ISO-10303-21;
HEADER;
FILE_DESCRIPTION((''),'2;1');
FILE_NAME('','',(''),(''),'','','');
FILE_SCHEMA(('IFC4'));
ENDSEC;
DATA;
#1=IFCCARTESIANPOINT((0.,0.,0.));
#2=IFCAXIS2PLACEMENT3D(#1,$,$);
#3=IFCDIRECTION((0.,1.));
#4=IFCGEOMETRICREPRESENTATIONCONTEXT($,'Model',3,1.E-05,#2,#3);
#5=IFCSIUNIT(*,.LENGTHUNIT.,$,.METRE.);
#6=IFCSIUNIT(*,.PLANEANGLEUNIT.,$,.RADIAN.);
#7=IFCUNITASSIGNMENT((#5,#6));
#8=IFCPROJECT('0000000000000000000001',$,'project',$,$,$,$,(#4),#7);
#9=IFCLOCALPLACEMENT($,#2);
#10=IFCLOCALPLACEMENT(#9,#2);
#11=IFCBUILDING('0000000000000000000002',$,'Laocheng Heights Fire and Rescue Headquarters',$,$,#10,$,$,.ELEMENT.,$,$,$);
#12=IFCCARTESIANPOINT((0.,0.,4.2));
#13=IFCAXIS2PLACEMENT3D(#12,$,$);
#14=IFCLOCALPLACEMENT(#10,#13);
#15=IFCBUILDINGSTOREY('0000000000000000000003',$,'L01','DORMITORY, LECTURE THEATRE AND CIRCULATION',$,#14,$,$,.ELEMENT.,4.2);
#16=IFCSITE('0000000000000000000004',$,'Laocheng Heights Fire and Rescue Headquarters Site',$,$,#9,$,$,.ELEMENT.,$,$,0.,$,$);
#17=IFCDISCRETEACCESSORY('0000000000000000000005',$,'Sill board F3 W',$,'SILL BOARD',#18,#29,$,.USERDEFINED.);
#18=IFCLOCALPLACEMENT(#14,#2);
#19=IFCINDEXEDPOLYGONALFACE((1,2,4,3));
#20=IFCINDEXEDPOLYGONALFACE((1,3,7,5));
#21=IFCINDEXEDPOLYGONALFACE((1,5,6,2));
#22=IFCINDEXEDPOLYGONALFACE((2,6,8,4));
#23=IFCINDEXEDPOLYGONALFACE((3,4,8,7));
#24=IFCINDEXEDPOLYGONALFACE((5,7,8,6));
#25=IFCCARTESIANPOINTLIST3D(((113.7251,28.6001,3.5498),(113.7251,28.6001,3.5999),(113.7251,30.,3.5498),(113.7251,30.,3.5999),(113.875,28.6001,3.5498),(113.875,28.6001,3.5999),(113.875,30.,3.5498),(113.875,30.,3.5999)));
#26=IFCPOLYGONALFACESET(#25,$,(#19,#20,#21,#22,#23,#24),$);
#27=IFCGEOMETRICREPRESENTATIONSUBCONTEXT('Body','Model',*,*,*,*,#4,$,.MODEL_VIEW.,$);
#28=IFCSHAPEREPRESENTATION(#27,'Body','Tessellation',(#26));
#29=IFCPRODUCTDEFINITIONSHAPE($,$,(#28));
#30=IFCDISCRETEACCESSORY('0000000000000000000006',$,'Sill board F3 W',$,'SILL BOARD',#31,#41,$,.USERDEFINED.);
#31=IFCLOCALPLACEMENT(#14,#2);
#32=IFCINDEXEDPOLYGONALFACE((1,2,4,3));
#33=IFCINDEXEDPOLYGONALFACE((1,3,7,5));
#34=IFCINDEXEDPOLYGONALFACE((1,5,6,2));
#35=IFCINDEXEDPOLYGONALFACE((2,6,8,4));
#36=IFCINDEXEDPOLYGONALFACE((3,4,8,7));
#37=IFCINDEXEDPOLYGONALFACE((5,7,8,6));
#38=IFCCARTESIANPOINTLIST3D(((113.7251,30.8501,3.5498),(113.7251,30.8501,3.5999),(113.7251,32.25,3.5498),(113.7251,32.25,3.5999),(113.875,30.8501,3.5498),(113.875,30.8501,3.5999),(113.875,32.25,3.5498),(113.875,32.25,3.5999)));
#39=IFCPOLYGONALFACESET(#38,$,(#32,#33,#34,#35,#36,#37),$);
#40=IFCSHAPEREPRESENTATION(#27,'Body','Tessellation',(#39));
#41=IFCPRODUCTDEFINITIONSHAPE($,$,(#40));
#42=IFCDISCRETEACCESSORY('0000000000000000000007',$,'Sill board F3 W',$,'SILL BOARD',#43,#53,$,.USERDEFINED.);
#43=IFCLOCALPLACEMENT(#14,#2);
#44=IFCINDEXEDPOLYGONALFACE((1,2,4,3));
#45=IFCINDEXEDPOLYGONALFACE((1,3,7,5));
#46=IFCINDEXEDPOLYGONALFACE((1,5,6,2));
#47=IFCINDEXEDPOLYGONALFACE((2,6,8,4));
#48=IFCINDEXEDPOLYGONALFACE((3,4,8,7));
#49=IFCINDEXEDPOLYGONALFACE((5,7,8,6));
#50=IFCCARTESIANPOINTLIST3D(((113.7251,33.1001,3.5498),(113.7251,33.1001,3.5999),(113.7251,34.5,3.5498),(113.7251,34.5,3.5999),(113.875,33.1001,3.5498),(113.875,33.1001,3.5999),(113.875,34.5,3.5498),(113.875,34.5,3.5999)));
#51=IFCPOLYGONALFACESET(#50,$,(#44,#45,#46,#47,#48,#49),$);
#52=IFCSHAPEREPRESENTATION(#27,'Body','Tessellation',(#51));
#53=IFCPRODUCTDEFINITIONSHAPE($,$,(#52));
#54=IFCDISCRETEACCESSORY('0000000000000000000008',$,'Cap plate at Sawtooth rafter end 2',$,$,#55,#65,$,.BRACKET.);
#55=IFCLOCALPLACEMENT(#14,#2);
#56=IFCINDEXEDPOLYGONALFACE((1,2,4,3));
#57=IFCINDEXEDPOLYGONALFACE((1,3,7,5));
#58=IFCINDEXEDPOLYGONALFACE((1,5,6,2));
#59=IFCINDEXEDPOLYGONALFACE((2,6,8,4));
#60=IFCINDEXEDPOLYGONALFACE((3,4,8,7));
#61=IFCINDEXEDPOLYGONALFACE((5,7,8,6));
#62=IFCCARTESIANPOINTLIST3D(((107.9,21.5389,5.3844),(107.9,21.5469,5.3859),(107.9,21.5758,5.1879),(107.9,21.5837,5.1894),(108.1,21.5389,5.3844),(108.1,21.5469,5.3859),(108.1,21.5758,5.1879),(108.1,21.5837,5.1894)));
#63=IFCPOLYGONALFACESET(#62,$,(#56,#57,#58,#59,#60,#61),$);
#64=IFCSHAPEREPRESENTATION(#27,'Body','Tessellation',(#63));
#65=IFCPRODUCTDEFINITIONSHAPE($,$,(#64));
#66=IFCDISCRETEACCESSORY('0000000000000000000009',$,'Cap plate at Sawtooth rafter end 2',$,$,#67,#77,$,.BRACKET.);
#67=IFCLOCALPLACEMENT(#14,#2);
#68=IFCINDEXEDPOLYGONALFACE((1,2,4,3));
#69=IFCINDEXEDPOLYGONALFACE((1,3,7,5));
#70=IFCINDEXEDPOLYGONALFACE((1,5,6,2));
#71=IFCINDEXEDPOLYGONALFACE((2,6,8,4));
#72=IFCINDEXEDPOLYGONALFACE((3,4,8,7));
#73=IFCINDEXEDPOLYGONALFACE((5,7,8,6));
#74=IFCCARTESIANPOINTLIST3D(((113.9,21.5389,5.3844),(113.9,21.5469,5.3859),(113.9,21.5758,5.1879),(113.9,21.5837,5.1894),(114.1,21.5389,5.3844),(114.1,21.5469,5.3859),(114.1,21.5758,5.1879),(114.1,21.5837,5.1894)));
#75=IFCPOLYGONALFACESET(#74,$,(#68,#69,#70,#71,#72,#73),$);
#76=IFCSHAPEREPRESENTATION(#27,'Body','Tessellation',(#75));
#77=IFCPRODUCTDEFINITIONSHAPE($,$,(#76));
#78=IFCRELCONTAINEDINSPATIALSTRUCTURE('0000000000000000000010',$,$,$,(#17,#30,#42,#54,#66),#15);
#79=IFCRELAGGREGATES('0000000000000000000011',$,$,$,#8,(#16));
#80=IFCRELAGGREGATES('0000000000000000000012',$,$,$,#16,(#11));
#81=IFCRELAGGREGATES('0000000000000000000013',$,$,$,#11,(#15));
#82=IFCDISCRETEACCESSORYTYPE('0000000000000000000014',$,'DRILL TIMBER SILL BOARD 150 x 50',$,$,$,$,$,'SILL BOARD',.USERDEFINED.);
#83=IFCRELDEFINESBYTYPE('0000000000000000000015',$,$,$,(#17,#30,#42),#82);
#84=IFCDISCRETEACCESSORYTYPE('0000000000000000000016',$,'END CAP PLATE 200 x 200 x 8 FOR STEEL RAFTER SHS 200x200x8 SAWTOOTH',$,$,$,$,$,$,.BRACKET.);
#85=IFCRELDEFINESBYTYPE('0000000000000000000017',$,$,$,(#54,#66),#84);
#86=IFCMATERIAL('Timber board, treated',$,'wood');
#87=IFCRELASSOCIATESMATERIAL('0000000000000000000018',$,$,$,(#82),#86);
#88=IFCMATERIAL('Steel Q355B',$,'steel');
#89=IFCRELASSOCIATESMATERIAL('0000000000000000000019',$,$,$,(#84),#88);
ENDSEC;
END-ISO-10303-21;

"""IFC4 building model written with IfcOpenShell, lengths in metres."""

from ifc_helpers import new_model, si_unit, direction, frame, origin, origin_2d, place, context, subcontext, project, spatial, rectangle, extrude, material, material_profile, profile_set, type_object, element, save


model = new_model("IFC4")

# Units and contexts
model_context = context("Model", 3, precision=1e-05, world=origin(), true_north=direction((0.0, 1.0)))
body_context = subcontext(model_context, "Body", "Model", "MODEL_VIEW")
ifc_project = project(units=[si_unit("LENGTHUNIT", "METRE"), si_unit("PLANEANGLEUNIT", "RADIAN")], contexts=[model_context])

# Site, building, storey
site_placement = place(None, origin())
site = spatial("IfcSite", under=ifc_project, at=site_placement, Name="Laocheng Heights Fire and Rescue Headquarters Site", CompositionType="ELEMENT", RefElevation=0.0)
building_placement = place(site_placement, origin())
building = spatial("IfcBuilding", under=site, at=building_placement, Name="Laocheng Heights Fire and Rescue Headquarters", CompositionType="ELEMENT")
storey_placement = place(building_placement, frame((0.0, 0.0, 4.2)))
storey = spatial("IfcBuildingStorey", under=building, at=storey_placement, Name="L01", Description="DORMITORY, LECTURE THEATRE AND CIRCULATION", CompositionType="ELEMENT", Elevation=4.2)

# Discrete accessories
ifc_material_1 = material(Name="Timber board, treated", Category="wood")
discrete_accessory_type_1 = type_object("IfcDiscreteAccessoryType", Name="DRILL TIMBER SILL BOARD 150 x 50", ElementType="SILL BOARD", PredefinedType="USERDEFINED", material=ifc_material_1)
for number, where, z_axis, x_axis, name in (
    (1, (113.8, 29.3, 3.5498), (0.0, 0.0, 1.0), (1.0, 0.0, 0.0), "Sill board F3 W"),
    (2, (113.8, 31.55, 3.5498), (0.0, 0.0, 1.0), (1.0, 0.0, 0.0), "Sill board F3 W"),
    (3, (113.8, 33.8, 3.5498), (0.0, 0.0, 1.0), (1.0, 0.0, 0.0), "Sill board F3 W"),
):
    element("IfcDiscreteAccessory", number, at=place(storey_placement, frame(where, z_axis=z_axis, x_axis=x_axis)), inside=storey, type_object=discrete_accessory_type_1, Name=name, ObjectType="SILL BOARD", PredefinedType="USERDEFINED", context=body_context, shape_type="SweptSolid", body=[
        extrude(rectangle(XDim=0.1499, YDim=1.3999, at=origin_2d()), origin(), (0.0, 0.0, 1.0), 0.05),
    ])
ifc_material_2 = material(Name="Steel Q355B", Category="steel")
ifc_material_profile_1 = material_profile(ifc_material_2, rectangle(XDim=0.2, YDim=0.2, at=origin_2d()), Name="END CAP PLATE 200 x 200 x 8 FOR STEEL RAFTER SHS 200x200x8 SAWTOOTH")
ifc_profile_set_1 = profile_set([ifc_material_profile_1], Name="Steel Q355B")
discrete_accessory_type_2 = type_object("IfcDiscreteAccessoryType", Name="END CAP PLATE 200 x 200 x 8 FOR STEEL RAFTER SHS 200x200x8 SAWTOOTH", PredefinedType="BRACKET", material=ifc_profile_set_1)
for number, where, z_axis, x_axis, name in (
    (4, (108.0, 21.5574, 5.2861), (0.0, 0.982872, 0.184289), (-1.0, 0.0, 0.0), "Cap plate at Sawtooth rafter end 2"),
    (5, (114.0, 21.5574, 5.2861), (0.0, 0.982872, 0.184289), (-1.0, 0.0, 0.0), "Cap plate at Sawtooth rafter end 2"),
):
    element("IfcDiscreteAccessory", number, at=place(storey_placement, frame(where, z_axis=z_axis, x_axis=x_axis)), inside=storey, type_object=discrete_accessory_type_2, Name=name, PredefinedType="BRACKET", context=body_context, shape_type="SweptSolid", body=[
        extrude(rectangle(XDim=0.2, YDim=0.2, at=origin_2d()), origin(), (0.0, 0.0, 1.0), 0.0081),
    ])

save(model, "model.ifc")
